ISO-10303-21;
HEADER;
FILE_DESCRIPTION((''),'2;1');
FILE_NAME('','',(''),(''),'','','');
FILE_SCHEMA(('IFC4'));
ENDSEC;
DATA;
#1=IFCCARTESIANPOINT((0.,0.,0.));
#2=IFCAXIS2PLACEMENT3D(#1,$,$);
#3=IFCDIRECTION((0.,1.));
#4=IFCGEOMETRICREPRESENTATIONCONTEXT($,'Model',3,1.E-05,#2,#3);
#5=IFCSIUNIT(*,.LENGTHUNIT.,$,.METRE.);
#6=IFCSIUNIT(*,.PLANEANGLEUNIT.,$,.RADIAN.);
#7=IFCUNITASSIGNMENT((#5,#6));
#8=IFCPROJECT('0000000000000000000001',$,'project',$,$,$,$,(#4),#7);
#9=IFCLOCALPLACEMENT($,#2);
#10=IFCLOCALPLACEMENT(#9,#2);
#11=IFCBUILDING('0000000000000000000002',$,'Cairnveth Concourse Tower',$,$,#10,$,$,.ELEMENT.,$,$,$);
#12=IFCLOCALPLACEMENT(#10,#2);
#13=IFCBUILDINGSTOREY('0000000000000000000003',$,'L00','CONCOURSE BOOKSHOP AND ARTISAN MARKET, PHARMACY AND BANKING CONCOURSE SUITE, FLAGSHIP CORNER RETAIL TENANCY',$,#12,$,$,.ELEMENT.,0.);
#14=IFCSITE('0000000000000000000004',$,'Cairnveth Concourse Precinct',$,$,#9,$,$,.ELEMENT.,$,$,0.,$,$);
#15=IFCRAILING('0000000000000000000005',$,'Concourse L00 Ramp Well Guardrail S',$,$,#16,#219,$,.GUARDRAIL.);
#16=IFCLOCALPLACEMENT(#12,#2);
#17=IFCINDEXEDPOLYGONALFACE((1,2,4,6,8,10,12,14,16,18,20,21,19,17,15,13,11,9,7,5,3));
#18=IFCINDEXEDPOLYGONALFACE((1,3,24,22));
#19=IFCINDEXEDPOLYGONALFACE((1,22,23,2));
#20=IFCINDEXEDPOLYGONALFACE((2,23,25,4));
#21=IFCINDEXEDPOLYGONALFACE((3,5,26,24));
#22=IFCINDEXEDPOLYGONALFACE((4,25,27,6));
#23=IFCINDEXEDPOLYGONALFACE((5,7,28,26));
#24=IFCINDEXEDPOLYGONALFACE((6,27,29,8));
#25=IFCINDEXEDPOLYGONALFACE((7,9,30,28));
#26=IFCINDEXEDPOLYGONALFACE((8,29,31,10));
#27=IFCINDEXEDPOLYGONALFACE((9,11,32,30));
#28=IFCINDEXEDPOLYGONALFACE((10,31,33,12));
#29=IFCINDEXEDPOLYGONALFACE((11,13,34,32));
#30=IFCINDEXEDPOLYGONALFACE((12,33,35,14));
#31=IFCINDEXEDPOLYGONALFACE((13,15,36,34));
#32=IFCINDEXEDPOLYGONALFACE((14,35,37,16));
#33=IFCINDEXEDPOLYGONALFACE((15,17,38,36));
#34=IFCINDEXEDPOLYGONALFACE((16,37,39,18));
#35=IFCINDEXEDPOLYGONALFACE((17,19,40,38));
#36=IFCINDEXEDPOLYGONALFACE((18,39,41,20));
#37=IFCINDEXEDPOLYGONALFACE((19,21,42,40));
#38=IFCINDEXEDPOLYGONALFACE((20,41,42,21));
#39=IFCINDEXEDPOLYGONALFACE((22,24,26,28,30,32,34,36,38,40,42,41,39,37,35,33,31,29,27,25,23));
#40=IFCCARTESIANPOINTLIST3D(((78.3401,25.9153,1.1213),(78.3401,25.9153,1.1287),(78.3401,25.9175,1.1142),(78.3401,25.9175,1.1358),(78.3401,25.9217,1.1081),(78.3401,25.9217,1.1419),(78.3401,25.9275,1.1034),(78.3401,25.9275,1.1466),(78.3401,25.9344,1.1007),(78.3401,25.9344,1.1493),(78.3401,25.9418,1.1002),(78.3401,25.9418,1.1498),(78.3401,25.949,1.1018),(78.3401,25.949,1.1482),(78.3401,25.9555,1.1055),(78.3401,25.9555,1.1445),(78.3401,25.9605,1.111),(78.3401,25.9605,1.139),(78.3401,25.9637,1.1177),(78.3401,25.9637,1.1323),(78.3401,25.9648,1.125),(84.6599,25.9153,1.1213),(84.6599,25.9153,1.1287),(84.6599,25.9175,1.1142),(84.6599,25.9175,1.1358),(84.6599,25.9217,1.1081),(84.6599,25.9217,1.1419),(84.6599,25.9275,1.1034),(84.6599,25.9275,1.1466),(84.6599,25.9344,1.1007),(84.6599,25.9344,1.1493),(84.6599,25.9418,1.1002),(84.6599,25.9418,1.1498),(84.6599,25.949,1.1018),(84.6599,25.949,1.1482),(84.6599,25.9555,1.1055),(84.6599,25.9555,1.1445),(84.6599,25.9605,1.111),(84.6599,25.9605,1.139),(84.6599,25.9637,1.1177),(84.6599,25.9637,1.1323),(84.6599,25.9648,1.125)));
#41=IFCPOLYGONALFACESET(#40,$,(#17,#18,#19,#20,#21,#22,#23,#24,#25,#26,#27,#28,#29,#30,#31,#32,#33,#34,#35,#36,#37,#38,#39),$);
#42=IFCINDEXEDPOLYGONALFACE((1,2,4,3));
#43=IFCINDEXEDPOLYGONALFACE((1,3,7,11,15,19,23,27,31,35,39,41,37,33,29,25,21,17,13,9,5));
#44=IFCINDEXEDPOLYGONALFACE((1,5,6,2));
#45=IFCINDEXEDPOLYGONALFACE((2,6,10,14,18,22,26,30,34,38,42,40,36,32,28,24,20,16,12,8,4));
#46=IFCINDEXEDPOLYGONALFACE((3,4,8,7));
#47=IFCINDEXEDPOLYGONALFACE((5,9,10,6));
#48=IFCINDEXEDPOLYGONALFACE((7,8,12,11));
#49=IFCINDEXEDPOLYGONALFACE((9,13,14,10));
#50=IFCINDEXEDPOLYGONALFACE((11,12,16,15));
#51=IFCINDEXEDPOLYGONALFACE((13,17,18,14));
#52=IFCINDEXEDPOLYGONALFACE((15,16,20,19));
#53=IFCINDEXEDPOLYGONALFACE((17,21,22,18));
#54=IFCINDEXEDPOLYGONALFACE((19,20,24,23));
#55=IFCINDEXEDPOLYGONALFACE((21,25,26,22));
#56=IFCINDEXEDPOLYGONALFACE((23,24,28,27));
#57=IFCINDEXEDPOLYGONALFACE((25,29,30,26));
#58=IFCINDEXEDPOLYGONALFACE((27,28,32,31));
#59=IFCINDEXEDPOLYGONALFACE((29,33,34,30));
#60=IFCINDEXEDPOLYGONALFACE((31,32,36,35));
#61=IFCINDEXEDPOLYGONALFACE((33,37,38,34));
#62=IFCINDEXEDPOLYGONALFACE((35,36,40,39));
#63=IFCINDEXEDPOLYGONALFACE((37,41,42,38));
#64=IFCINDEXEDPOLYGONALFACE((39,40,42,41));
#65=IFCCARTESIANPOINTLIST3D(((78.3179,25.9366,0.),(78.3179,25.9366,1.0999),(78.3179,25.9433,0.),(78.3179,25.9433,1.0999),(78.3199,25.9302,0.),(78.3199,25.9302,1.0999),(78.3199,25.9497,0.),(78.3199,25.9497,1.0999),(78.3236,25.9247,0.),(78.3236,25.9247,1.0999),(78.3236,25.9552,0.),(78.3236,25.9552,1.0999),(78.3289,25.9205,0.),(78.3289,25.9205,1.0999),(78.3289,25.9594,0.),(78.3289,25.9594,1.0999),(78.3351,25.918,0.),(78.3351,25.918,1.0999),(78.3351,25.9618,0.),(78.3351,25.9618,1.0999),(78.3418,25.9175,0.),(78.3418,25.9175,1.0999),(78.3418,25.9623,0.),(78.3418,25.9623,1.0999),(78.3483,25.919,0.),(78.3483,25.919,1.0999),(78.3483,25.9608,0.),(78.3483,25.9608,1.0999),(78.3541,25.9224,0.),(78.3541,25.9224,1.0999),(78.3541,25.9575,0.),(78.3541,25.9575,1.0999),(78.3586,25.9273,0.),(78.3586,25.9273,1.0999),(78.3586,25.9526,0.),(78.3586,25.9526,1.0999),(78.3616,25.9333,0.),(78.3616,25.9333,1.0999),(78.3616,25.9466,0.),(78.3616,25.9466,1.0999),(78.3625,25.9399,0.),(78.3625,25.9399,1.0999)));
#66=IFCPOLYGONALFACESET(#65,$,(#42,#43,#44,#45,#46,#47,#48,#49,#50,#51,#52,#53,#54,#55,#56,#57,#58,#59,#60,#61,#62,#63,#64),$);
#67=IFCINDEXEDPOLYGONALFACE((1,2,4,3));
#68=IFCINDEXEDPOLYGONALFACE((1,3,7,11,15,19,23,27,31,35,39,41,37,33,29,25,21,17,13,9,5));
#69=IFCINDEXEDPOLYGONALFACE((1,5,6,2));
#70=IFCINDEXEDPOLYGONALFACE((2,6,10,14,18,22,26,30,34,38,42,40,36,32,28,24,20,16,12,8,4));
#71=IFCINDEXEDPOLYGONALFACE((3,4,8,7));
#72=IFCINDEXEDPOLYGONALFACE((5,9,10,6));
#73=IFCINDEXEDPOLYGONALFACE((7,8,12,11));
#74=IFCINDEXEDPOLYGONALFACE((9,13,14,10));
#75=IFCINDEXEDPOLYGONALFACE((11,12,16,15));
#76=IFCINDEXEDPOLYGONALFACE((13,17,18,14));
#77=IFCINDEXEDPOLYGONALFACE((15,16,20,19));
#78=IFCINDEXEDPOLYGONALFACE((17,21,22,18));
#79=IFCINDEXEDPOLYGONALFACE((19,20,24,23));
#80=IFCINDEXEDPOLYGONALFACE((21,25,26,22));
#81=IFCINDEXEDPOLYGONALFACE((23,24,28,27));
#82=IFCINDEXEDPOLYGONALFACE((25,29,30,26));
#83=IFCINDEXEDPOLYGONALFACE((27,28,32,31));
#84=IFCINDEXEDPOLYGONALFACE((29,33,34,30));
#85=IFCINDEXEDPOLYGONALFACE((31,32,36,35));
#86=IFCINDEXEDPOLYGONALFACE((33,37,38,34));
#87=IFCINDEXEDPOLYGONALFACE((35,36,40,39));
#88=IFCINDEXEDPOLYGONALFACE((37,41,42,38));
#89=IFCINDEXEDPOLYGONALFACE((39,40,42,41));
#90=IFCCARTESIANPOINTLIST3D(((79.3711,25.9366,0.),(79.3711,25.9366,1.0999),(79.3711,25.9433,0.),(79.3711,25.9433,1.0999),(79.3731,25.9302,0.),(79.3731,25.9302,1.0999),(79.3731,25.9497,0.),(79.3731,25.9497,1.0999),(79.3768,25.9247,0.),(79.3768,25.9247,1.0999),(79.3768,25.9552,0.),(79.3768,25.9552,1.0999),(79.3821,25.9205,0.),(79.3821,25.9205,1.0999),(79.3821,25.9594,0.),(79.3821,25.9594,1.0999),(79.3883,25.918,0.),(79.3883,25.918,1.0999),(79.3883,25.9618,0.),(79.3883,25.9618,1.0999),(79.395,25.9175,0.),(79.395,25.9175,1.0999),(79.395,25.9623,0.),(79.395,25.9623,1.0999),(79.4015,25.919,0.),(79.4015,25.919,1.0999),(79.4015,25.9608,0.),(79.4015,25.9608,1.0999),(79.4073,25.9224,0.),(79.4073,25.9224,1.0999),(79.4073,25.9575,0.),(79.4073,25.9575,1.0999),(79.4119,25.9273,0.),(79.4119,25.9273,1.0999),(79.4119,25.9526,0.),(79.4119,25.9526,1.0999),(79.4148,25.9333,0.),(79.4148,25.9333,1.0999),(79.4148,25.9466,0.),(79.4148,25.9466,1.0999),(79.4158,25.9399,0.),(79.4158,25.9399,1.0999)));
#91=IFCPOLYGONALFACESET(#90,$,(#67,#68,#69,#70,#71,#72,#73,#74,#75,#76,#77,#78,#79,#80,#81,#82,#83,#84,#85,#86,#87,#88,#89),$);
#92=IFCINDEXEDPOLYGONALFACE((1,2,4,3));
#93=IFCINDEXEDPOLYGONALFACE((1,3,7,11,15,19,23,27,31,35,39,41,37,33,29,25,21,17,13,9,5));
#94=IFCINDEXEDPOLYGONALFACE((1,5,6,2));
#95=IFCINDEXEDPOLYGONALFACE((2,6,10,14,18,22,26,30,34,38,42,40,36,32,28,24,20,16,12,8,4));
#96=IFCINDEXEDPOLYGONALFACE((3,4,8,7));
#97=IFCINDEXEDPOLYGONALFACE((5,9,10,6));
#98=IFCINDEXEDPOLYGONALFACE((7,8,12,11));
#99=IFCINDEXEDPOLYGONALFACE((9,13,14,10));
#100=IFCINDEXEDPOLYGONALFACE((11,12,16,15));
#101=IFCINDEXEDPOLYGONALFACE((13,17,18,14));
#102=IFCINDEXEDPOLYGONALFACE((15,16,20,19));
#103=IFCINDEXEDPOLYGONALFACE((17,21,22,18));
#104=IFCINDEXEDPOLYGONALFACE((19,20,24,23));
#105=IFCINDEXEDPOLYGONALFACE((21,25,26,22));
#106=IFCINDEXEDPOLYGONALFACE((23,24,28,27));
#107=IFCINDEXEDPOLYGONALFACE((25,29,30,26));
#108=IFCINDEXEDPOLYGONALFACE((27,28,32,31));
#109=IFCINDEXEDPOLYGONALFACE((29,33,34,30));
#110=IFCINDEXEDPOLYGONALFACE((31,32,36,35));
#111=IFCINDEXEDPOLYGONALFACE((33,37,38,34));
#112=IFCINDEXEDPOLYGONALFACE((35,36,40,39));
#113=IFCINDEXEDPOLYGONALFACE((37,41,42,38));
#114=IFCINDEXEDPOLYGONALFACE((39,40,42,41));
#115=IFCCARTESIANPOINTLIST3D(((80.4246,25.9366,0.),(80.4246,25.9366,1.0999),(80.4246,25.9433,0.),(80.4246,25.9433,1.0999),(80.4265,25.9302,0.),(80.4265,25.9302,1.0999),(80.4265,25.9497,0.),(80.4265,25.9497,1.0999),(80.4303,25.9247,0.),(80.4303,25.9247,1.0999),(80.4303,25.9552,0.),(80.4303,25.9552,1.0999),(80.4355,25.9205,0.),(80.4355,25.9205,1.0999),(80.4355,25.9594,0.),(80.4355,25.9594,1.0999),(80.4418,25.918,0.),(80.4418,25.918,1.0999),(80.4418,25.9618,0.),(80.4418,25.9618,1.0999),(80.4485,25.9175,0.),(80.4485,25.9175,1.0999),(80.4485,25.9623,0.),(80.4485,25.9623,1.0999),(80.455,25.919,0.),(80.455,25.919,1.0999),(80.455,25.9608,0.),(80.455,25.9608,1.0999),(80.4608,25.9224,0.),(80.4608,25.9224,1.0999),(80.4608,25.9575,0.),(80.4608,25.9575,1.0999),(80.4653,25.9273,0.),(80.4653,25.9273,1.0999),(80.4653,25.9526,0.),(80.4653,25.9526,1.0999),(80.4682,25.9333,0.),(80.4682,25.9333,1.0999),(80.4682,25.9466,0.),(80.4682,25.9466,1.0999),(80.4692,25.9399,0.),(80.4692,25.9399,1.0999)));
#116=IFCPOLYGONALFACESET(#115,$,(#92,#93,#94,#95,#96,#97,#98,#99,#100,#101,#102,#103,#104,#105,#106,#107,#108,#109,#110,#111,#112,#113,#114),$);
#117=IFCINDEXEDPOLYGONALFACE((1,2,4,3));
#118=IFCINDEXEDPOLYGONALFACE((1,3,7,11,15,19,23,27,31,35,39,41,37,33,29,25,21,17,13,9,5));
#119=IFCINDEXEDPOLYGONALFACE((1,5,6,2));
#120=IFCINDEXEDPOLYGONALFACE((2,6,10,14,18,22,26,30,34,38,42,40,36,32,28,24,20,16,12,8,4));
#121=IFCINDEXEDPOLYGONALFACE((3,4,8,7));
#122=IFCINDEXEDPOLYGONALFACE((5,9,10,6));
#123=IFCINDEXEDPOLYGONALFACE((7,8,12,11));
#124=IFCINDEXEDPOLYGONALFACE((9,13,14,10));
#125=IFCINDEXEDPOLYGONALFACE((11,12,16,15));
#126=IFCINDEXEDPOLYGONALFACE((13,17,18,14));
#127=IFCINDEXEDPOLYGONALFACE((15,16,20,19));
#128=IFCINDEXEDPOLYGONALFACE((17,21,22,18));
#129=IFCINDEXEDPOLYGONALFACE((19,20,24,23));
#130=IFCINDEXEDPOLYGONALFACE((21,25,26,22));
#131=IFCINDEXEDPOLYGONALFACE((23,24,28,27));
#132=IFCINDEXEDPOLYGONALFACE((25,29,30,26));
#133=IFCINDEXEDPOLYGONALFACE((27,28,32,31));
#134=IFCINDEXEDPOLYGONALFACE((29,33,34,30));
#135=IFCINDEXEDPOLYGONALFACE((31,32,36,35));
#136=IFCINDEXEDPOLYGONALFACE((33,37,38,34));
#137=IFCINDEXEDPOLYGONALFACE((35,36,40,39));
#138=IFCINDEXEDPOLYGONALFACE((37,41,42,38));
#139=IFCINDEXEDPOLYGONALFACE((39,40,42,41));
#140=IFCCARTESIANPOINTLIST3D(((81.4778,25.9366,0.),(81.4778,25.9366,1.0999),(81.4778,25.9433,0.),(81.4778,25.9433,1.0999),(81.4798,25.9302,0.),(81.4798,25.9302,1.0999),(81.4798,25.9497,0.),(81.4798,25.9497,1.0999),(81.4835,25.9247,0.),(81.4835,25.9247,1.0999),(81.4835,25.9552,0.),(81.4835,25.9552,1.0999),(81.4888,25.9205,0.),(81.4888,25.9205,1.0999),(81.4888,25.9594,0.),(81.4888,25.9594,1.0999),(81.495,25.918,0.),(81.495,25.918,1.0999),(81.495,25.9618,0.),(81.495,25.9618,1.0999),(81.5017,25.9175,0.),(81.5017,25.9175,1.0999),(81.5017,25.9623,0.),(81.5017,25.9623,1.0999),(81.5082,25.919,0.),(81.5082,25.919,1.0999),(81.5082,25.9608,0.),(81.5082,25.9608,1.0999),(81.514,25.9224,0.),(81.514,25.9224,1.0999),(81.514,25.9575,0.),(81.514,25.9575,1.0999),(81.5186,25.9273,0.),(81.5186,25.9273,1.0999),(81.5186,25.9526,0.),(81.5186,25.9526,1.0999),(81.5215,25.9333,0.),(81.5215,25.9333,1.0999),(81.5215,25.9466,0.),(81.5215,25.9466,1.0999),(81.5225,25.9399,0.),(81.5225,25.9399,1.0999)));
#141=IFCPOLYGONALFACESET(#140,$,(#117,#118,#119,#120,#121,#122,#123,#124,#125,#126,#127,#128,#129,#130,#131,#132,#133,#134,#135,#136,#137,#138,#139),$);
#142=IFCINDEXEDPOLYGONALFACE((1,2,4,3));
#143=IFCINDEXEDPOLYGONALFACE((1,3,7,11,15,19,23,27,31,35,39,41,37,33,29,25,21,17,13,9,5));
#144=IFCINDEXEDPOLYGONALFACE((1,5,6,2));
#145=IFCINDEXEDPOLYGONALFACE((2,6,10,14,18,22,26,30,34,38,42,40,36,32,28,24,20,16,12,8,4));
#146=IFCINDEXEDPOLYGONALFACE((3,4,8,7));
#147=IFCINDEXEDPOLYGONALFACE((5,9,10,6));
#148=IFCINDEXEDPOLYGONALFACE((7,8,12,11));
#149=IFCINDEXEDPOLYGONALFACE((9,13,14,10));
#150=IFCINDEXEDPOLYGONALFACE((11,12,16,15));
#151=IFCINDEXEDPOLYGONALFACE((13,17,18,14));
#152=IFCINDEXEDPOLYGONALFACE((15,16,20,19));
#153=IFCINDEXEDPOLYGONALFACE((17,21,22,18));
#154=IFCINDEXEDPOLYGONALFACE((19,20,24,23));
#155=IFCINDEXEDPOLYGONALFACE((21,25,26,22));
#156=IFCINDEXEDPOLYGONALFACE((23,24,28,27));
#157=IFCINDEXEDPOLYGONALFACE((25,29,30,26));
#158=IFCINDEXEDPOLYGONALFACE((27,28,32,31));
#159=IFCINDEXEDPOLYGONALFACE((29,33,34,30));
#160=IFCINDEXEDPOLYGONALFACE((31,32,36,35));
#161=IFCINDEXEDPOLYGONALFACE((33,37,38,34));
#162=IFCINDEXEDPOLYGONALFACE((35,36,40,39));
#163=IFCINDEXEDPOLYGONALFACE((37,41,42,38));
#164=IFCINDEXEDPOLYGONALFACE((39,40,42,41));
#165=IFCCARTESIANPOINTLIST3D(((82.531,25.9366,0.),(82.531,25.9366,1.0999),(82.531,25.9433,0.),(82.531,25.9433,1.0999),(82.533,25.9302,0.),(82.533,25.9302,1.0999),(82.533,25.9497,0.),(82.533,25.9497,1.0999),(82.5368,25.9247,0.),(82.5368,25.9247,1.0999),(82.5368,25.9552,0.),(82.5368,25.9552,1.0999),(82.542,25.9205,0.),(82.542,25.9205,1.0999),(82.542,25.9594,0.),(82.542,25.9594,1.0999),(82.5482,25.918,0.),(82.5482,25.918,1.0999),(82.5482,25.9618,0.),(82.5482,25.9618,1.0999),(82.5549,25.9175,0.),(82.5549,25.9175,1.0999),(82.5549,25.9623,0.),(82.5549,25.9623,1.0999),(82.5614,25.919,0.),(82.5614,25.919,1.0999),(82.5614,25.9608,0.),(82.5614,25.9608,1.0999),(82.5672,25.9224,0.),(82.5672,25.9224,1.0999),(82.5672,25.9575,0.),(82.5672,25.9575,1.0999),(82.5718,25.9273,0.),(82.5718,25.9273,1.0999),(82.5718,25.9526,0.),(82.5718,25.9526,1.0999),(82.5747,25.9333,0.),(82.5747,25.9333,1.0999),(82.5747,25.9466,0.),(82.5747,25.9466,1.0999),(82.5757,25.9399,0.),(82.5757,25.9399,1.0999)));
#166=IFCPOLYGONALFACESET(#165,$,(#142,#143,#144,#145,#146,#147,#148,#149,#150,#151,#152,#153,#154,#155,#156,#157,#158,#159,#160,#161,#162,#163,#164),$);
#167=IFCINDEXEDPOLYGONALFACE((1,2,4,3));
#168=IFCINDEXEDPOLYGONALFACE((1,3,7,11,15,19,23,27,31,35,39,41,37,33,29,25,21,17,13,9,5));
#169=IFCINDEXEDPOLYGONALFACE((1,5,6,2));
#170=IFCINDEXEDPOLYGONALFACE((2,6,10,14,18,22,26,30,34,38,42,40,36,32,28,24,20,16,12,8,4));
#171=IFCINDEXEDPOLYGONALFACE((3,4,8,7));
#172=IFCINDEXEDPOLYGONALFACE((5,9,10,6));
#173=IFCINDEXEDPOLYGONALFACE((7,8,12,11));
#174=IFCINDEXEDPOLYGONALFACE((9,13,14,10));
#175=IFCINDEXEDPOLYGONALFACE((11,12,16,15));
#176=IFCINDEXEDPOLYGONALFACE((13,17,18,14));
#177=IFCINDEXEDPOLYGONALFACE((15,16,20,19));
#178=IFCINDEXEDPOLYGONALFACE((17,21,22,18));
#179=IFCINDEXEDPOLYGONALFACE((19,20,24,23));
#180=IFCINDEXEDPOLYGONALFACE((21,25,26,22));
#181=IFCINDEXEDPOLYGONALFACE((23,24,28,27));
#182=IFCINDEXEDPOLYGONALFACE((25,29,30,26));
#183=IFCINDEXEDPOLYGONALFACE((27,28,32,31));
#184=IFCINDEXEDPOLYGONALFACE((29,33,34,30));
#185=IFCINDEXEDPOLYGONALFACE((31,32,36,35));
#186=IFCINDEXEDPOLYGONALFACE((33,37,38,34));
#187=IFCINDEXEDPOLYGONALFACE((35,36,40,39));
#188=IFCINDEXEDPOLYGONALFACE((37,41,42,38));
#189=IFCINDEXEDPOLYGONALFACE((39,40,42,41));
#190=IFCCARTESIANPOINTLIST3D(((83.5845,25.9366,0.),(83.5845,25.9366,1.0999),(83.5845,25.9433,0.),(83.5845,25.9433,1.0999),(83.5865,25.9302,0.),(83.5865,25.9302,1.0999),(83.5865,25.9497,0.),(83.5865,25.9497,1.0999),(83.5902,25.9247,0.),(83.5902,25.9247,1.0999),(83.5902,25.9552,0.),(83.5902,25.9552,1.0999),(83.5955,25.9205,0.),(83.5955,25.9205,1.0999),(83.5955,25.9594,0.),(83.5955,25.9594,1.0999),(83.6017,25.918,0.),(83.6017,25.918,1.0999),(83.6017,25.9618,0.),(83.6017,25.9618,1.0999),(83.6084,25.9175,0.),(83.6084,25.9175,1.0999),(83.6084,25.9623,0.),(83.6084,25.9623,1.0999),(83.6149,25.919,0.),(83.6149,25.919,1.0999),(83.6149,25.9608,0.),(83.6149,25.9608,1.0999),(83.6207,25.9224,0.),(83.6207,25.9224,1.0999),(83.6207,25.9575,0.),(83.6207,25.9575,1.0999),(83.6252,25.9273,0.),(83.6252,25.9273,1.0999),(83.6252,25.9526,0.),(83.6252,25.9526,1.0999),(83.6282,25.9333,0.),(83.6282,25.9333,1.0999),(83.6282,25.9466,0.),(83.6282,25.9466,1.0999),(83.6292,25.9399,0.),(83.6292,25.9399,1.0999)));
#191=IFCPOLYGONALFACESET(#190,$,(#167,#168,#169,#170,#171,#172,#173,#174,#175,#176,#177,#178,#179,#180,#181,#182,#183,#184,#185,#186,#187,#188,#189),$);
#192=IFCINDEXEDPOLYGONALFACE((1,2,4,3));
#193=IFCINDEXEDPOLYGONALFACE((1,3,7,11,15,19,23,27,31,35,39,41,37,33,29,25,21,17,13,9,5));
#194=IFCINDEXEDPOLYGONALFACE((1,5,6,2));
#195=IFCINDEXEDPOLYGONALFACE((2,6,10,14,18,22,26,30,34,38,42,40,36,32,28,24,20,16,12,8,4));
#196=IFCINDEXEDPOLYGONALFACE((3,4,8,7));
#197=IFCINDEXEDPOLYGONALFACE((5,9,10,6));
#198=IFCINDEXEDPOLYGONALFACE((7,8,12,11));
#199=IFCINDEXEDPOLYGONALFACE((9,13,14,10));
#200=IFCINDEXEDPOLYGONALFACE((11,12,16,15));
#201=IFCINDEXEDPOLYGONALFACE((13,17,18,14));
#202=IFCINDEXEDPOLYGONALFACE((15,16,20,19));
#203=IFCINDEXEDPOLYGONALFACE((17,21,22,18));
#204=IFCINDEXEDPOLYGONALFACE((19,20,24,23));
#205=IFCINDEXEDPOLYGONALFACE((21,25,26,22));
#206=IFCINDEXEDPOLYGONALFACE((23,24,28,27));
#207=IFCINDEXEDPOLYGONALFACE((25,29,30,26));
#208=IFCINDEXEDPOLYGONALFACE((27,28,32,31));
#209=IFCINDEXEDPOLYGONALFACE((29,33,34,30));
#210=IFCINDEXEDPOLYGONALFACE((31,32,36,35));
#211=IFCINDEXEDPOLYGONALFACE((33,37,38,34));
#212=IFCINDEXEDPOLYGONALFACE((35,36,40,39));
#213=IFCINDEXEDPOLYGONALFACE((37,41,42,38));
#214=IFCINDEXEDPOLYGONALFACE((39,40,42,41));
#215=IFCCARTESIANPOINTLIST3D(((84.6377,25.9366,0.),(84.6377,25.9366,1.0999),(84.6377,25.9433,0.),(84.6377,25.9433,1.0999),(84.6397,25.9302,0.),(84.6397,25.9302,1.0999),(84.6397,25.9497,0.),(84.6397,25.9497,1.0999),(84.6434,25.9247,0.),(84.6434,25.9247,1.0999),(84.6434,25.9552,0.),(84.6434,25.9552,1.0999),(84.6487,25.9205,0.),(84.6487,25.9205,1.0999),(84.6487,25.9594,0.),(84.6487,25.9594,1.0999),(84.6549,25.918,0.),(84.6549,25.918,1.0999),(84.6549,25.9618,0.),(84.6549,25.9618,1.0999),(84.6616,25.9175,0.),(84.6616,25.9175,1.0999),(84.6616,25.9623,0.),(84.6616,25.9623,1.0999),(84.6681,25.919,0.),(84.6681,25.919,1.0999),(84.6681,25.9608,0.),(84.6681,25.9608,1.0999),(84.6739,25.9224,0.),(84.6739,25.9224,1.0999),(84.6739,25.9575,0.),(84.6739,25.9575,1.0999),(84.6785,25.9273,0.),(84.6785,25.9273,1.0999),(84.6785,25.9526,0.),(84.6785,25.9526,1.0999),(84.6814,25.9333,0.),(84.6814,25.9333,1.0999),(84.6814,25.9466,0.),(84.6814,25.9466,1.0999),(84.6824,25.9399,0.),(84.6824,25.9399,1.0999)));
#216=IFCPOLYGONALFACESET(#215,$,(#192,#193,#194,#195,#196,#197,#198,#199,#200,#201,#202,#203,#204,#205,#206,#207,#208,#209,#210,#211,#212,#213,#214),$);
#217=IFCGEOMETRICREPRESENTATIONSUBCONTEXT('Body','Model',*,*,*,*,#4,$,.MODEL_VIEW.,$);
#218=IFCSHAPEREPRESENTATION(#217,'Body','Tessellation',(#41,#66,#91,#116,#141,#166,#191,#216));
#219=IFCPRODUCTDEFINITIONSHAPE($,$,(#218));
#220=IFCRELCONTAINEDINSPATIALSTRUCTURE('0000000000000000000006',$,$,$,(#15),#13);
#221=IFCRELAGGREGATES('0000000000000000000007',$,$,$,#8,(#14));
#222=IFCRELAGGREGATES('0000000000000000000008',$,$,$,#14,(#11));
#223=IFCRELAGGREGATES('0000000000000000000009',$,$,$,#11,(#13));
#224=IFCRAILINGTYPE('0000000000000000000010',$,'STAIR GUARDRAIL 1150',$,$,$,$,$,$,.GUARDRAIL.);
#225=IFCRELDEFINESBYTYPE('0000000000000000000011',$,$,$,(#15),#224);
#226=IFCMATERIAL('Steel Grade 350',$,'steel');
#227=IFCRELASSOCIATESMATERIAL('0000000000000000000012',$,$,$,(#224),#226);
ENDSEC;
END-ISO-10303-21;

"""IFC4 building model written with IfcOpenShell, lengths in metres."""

from ifc_helpers import new_model, si_unit, direction, frame, origin, origin_2d, place, context, subcontext, project, spatial, circle, extrude, material, type_object, element, save


model = new_model("IFC4")

# Units and contexts
model_context = context("Model", 3, precision=1e-05, world=origin(), true_north=direction((0.0, 1.0)))
body_context = subcontext(model_context, "Body", "Model", "MODEL_VIEW")
ifc_project = project(units=[si_unit("LENGTHUNIT", "METRE"), si_unit("PLANEANGLEUNIT", "RADIAN")], contexts=[model_context])

# Site, building, storey
site_placement = place(None, origin())
site = spatial("IfcSite", under=ifc_project, at=site_placement, Name="Cairnveth Concourse Precinct", CompositionType="ELEMENT", RefElevation=0.0)
building_placement = place(site_placement, origin())
building = spatial("IfcBuilding", under=site, at=building_placement, Name="Cairnveth Concourse Tower", CompositionType="ELEMENT")
storey_placement = place(building_placement, origin())
storey = spatial("IfcBuildingStorey", under=building, at=storey_placement, Name="L00", Description="CONCOURSE BOOKSHOP AND ARTISAN MARKET, PHARMACY AND BANKING CONCOURSE SUITE, FLAGSHIP CORNER RETAIL TENANCY", CompositionType="ELEMENT", Elevation=0.0)

# Shared definitions
ifc_material_1 = material(Name="Steel Grade 350", Category="steel")

# Railing
railing_type = type_object("IfcRailingType", Name="STAIR GUARDRAIL 1150", PredefinedType="GUARDRAIL", material=ifc_material_1)
railing_1_placement = place(storey_placement, frame((78.3401, 25.9399, 0.0)))
element("IfcRailing", 1, at=railing_1_placement, inside=storey, type_object=railing_type, Name="Concourse L00 Ramp Well Guardrail S", PredefinedType="GUARDRAIL", context=body_context, shape_type="SweptSolid", body=[
    extrude(circle(Radius=0.0249, at=origin_2d()), frame((0.0, 0.0, 1.125), z_axis=(1.0, 0.0, 0.0), x_axis=(0.0, 1.0, 0.0)), (0.0, 0.0, 1.0), 6.3198),
    extrude(circle(Radius=0.0225, at=origin_2d()), origin(), (0.0, 0.0, 1.0), 1.0999),
    extrude(circle(Radius=0.0225, at=origin_2d()), frame((1.0532, 0.0, 0.0)), (0.0, 0.0, 1.0), 1.0999),
    extrude(circle(Radius=0.0225, at=origin_2d()), frame((2.1067, 0.0, 0.0)), (0.0, 0.0, 1.0), 1.0999),
    extrude(circle(Radius=0.0225, at=origin_2d()), frame((3.1599, 0.0, 0.0)), (0.0, 0.0, 1.0), 1.0999),
    extrude(circle(Radius=0.0225, at=origin_2d()), frame((4.2131, 0.0, 0.0)), (0.0, 0.0, 1.0), 1.0999),
    extrude(circle(Radius=0.0225, at=origin_2d()), frame((5.2666, 0.0, 0.0)), (0.0, 0.0, 1.0), 1.0999),
    extrude(circle(Radius=0.0225, at=origin_2d()), frame((6.3198, 0.0, 0.0)), (0.0, 0.0, 1.0), 1.0999),
])

save(model, "model.ifc")
